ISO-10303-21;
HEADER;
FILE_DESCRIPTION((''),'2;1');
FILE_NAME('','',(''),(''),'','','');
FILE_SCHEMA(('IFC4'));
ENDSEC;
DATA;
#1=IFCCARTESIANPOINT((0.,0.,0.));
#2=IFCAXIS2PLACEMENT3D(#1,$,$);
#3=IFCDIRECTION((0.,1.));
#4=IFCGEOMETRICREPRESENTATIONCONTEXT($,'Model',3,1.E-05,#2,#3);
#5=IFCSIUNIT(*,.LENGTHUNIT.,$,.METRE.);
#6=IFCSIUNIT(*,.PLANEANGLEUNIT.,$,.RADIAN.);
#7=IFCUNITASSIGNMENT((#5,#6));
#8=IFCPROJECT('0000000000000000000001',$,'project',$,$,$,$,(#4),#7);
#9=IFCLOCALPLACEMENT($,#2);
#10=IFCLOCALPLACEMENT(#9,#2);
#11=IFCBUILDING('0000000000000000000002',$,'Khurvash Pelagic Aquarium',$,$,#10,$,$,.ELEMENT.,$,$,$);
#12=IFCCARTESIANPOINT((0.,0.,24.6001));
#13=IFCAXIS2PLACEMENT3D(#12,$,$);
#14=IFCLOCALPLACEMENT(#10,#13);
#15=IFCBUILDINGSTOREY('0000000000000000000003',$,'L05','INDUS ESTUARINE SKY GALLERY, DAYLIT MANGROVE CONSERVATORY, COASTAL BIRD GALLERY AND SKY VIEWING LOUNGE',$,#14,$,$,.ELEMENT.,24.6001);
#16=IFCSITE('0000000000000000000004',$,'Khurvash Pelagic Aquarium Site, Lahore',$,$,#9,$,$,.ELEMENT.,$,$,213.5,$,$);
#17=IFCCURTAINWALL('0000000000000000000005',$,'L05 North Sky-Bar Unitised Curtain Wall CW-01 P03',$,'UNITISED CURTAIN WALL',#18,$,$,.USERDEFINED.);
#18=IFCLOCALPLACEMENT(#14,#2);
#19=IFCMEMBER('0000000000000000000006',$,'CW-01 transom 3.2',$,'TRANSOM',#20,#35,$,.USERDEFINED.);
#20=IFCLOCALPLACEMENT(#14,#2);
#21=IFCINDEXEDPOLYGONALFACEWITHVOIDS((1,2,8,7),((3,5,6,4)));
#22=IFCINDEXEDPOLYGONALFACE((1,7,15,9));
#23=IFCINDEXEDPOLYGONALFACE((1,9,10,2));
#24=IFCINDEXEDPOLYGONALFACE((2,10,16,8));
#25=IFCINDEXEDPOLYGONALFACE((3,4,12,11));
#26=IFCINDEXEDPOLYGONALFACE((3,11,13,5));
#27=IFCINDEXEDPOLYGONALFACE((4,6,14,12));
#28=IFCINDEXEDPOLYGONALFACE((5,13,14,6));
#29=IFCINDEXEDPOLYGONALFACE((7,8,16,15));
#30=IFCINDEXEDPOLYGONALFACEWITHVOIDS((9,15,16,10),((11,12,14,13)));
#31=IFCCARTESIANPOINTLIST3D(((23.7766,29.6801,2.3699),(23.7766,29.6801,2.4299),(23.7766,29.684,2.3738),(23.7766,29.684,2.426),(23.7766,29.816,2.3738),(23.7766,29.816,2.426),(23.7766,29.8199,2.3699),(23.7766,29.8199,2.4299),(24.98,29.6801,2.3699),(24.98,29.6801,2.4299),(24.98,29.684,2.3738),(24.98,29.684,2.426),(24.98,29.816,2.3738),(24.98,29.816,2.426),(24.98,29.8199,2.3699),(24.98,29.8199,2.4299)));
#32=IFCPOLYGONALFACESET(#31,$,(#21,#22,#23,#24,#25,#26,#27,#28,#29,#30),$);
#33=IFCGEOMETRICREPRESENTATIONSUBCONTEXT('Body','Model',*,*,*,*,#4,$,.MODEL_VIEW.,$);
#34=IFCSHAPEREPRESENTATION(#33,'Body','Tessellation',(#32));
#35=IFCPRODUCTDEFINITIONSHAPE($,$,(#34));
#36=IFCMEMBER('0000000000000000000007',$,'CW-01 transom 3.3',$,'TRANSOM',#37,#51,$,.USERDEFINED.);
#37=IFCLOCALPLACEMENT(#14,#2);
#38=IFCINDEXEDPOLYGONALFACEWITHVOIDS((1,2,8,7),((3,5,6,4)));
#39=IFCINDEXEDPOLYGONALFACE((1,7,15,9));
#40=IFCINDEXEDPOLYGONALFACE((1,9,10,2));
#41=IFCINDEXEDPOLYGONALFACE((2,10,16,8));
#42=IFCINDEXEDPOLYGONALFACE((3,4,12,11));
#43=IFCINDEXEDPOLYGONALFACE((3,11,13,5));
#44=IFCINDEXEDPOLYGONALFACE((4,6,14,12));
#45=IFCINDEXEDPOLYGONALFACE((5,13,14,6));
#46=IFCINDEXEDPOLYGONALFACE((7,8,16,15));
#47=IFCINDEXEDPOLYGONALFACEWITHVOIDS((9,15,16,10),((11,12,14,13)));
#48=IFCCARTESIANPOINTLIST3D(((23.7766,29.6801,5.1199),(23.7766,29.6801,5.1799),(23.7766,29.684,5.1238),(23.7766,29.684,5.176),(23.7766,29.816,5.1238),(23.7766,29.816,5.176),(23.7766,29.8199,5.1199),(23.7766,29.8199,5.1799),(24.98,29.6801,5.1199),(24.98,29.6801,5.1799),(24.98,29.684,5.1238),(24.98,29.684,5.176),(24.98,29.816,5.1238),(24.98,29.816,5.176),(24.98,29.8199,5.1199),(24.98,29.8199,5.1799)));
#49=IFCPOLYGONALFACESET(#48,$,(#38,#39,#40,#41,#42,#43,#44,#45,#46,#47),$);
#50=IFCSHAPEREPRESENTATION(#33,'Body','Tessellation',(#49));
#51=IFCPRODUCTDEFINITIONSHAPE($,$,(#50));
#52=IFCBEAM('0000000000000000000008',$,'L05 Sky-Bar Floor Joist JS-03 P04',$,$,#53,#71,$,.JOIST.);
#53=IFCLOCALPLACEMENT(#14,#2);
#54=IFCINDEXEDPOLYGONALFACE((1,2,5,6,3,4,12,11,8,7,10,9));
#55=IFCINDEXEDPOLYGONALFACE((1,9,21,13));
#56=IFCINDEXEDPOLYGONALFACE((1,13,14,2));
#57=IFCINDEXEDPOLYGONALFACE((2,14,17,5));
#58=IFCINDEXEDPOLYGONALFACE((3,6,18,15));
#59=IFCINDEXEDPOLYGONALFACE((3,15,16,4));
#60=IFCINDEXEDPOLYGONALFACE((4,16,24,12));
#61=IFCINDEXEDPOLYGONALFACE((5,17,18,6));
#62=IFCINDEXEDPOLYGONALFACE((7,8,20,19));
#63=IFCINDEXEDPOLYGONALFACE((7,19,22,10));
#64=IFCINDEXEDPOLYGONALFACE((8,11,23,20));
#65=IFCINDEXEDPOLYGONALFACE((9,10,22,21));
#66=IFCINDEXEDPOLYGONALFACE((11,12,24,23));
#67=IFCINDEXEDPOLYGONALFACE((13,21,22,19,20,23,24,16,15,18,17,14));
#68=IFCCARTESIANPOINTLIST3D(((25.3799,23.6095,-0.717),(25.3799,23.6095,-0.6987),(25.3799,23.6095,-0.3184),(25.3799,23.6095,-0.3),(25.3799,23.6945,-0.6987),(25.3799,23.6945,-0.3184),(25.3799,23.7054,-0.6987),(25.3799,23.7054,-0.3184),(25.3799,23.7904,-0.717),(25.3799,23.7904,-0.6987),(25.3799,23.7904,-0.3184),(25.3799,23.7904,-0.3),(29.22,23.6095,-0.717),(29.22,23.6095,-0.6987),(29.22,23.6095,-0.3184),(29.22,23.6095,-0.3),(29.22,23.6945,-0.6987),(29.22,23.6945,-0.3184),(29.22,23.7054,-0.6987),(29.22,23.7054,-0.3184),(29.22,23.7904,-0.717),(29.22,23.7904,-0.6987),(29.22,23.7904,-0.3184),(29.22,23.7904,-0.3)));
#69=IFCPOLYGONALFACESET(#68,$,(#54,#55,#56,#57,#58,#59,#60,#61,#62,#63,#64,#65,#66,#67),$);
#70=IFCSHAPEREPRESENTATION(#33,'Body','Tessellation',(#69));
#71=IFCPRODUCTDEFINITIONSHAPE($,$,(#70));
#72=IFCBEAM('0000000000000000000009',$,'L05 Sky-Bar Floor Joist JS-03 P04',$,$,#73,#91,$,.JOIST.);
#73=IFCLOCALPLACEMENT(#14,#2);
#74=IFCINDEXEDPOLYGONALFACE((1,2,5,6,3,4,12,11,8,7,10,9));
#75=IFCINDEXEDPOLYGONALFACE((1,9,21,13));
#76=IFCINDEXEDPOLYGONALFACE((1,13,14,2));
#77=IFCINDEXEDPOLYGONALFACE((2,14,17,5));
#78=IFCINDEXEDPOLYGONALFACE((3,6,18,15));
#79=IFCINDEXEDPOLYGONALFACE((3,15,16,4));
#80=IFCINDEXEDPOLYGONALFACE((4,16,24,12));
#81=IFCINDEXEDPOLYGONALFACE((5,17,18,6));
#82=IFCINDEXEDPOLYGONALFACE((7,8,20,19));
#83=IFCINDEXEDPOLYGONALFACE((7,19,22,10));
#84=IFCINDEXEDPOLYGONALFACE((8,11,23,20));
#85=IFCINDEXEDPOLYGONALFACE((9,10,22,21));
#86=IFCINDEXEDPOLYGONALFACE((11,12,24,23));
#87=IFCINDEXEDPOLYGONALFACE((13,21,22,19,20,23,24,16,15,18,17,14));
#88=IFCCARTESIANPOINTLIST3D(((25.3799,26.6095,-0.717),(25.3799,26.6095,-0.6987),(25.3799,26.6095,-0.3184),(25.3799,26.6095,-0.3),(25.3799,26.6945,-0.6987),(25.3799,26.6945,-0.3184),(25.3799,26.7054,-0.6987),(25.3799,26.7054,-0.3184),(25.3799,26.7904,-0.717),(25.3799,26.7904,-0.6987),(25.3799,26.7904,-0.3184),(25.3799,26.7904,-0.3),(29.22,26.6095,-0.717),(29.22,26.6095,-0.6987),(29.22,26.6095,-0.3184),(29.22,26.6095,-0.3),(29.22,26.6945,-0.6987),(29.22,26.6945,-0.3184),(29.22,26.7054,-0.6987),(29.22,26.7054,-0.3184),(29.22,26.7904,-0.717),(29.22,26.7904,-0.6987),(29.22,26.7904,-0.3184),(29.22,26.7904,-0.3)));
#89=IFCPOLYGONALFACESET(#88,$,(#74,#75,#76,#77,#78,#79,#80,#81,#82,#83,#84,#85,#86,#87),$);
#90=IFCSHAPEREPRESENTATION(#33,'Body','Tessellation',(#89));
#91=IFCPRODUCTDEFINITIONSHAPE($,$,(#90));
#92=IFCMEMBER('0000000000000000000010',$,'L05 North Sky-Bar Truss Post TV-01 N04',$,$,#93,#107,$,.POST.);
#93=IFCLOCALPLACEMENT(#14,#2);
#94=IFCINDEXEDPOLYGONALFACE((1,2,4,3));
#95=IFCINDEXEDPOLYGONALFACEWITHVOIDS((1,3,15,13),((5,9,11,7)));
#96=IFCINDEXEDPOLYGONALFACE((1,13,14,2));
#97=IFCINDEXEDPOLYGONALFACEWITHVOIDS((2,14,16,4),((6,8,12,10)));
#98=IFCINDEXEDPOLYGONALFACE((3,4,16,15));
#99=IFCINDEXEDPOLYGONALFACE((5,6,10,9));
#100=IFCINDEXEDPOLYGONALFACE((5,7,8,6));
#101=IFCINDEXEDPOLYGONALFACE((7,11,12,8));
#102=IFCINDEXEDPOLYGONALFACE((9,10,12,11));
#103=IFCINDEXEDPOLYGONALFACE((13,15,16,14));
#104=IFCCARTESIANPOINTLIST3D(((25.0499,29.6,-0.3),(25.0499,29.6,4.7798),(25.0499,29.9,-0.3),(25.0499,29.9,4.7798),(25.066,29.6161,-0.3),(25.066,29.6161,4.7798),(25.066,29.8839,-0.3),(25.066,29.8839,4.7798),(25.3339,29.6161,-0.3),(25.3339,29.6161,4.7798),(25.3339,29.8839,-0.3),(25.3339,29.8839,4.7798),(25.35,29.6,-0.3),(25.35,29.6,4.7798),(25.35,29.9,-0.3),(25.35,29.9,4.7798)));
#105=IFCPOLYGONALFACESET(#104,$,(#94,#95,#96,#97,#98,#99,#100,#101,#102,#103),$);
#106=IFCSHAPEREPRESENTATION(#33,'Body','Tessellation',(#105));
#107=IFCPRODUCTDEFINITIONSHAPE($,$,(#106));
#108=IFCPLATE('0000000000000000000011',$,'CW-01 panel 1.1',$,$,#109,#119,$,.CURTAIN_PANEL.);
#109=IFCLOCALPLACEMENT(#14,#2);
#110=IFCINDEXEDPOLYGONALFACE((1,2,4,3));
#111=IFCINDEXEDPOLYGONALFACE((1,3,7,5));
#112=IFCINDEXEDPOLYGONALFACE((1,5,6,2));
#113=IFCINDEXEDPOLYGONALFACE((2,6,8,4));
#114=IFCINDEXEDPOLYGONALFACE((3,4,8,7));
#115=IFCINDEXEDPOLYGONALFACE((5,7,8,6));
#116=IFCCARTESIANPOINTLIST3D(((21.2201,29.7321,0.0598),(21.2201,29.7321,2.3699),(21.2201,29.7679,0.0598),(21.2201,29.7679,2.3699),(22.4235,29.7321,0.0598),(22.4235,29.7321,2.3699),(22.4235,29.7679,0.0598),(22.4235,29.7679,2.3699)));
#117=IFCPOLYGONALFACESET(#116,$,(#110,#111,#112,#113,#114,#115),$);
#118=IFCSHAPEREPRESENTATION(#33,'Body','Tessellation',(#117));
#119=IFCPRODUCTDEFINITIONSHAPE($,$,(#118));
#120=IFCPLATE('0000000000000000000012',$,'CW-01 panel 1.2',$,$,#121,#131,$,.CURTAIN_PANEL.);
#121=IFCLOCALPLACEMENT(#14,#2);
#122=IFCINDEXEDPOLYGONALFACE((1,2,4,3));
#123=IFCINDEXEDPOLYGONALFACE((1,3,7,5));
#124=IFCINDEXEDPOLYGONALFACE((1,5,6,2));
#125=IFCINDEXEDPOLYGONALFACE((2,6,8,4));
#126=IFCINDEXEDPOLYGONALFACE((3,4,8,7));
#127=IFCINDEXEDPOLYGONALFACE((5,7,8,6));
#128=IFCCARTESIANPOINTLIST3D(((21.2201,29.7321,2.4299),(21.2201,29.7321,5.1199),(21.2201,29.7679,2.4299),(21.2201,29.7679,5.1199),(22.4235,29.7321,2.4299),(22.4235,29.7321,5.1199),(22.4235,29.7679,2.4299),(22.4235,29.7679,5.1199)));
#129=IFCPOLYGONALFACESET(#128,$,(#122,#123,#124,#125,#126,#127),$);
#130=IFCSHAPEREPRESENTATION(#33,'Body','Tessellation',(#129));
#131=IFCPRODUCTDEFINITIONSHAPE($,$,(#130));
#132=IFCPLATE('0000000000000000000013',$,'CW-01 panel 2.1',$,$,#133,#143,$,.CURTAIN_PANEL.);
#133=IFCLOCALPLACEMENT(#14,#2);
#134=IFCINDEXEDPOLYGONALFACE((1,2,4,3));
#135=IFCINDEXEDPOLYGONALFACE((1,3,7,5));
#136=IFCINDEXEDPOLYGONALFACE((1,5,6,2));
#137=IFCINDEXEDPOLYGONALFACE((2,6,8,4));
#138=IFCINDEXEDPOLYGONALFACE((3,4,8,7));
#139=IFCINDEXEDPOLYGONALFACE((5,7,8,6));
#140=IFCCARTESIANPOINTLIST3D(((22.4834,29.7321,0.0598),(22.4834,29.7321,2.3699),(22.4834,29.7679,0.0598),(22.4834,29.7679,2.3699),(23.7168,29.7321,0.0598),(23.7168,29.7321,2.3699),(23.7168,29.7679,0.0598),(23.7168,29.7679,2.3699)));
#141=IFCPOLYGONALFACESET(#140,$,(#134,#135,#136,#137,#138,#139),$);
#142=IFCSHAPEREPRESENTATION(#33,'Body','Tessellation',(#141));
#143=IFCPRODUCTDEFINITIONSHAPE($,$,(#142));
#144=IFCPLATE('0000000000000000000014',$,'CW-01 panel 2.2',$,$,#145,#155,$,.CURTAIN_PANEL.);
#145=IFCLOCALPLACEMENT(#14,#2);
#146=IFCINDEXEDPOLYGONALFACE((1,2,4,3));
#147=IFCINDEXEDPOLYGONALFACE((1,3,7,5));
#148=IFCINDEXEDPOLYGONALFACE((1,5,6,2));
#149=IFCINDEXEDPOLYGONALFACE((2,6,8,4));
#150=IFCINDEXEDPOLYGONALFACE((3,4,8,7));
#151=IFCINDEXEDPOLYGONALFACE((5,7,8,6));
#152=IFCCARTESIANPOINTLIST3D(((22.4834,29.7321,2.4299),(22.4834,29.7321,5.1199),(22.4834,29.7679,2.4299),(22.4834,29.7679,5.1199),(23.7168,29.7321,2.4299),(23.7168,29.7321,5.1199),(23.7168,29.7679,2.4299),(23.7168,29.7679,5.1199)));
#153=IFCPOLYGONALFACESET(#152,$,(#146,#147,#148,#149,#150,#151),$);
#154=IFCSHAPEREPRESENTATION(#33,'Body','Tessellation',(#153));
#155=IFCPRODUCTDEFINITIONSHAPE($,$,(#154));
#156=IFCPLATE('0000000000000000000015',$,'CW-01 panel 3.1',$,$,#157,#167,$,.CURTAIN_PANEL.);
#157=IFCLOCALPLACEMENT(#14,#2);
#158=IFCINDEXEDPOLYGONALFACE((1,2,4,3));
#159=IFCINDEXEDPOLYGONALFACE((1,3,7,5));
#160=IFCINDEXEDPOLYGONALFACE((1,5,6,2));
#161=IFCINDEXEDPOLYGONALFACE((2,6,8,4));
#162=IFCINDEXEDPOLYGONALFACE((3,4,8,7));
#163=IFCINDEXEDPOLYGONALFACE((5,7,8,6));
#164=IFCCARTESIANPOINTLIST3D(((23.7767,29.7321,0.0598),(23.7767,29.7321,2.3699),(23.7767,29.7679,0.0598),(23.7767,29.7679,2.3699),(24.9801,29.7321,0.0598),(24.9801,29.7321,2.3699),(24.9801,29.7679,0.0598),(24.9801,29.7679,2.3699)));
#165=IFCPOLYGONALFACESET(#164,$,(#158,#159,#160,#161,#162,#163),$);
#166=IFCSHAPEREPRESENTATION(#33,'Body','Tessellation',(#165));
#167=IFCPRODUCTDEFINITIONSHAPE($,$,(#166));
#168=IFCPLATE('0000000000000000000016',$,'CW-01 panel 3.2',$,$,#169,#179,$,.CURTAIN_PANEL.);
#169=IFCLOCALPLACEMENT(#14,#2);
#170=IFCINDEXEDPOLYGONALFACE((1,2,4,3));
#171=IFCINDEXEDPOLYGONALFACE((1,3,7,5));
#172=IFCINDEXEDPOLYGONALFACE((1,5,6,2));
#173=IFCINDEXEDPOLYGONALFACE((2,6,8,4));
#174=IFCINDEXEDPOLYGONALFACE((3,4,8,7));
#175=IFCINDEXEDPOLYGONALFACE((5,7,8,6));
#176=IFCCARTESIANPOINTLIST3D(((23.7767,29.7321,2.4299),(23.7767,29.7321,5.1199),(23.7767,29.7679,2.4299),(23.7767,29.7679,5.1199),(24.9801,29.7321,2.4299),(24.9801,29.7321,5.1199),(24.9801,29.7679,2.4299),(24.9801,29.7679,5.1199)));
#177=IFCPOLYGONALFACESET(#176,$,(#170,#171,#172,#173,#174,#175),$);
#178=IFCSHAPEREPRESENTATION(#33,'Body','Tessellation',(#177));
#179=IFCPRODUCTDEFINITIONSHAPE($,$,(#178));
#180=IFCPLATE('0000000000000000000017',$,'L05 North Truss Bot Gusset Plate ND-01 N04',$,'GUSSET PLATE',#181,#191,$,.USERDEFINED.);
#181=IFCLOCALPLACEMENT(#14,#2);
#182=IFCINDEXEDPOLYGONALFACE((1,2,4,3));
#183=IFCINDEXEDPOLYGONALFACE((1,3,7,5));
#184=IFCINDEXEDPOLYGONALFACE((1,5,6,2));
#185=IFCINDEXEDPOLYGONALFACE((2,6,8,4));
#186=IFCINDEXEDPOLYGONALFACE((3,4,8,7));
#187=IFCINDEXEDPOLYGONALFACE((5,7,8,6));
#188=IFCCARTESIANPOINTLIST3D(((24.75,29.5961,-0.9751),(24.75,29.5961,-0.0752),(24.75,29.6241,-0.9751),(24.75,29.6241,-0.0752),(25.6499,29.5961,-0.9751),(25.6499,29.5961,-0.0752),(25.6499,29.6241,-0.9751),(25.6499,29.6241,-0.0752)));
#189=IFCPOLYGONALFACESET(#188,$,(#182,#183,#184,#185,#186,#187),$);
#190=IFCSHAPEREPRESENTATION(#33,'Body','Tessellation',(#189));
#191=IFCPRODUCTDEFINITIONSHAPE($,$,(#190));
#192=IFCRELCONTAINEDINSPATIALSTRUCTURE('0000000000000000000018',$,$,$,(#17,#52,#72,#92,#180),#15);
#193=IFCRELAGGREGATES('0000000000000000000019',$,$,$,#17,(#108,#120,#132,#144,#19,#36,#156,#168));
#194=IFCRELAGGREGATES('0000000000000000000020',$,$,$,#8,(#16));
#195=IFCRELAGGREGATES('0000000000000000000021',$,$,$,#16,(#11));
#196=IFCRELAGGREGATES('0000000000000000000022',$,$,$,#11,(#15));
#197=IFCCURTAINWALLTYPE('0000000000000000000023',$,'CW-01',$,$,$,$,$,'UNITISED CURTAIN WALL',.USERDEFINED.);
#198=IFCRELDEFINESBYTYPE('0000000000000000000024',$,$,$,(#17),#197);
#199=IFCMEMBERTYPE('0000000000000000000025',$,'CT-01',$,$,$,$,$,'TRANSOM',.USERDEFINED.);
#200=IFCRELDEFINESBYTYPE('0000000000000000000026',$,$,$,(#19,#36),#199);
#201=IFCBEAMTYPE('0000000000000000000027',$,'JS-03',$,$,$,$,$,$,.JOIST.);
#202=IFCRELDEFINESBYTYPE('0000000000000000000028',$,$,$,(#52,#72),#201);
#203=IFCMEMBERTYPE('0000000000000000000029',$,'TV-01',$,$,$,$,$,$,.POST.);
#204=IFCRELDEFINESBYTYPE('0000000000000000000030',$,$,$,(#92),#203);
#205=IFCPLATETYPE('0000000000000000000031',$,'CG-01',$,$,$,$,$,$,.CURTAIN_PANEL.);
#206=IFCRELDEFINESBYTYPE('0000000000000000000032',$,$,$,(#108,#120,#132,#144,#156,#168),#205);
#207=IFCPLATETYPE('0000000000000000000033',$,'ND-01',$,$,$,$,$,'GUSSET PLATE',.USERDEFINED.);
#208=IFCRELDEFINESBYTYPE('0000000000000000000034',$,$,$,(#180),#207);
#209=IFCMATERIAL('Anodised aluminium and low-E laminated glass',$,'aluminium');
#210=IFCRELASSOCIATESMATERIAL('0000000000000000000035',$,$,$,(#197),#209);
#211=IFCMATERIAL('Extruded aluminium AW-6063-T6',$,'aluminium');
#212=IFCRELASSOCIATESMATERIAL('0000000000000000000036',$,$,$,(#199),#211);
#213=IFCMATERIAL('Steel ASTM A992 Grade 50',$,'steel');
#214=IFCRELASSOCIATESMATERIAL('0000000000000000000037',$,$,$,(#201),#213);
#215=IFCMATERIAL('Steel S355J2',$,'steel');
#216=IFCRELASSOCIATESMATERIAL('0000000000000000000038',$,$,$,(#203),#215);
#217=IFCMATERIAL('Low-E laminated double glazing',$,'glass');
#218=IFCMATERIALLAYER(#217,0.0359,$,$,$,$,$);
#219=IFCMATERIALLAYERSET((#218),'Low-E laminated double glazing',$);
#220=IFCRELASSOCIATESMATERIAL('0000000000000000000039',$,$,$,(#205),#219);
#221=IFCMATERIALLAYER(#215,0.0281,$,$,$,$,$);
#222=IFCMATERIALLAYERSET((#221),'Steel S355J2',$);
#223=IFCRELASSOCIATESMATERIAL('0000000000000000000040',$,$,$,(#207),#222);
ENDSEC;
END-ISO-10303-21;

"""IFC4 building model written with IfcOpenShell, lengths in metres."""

from ifc_helpers import new_model, si_unit, direction, frame, origin, origin_2d, place, context, subcontext, project, spatial, rectangle, hollow_rectangle, i_section, extrude, material, layer, layer_set, material_profile, profile_set, type_object, element, aggregate, save


model = new_model("IFC4")

# Units and contexts
model_context = context("Model", 3, precision=1e-05, world=origin(), true_north=direction((0.0, 1.0)))
body_context = subcontext(model_context, "Body", "Model", "MODEL_VIEW")
ifc_project = project(units=[si_unit("LENGTHUNIT", "METRE"), si_unit("PLANEANGLEUNIT", "RADIAN")], contexts=[model_context])

# Site, building, storey
site_placement = place(None, origin())
site = spatial("IfcSite", under=ifc_project, at=site_placement, Name="Khurvash Pelagic Aquarium Site, Lahore", CompositionType="ELEMENT", RefElevation=213.5)
building_placement = place(site_placement, origin())
building = spatial("IfcBuilding", under=site, at=building_placement, Name="Khurvash Pelagic Aquarium", CompositionType="ELEMENT")
storey_placement = place(building_placement, frame((0.0, 0.0, 24.6001)))
storey = spatial("IfcBuildingStorey", under=building, at=storey_placement, Name="L05", Description="INDUS ESTUARINE SKY GALLERY, DAYLIT MANGROVE CONSERVATORY, COASTAL BIRD GALLERY AND SKY VIEWING LOUNGE", CompositionType="ELEMENT", Elevation=24.6001)

# Shared definitions
ifc_material_1 = material(Name="Steel ASTM A992 Grade 50", Category="steel")

# Curtain wall, members
ifc_material_2 = material(Name="Anodised aluminium and low-E laminated glass", Category="aluminium")
curtain_wall_type = type_object("IfcCurtainWallType", Name="CW-01", ElementType="UNITISED CURTAIN WALL", PredefinedType="USERDEFINED", material=ifc_material_2)
curtain_wall_placement = place(storey_placement, origin())
curtain_wall = element("IfcCurtainWall", 1, at=curtain_wall_placement, inside=storey, type_object=curtain_wall_type, Name="L05 North Sky-Bar Unitised Curtain Wall CW-01 P03", ObjectType="UNITISED CURTAIN WALL", PredefinedType="USERDEFINED")
ifc_material_3 = material(Name="Extruded aluminium AW-6063-T6", Category="aluminium")
ifc_material_profile_1 = material_profile(ifc_material_3, hollow_rectangle(XDim=0.1399, YDim=0.0601, WallThickness=0.0039, at=origin_2d()), Name="CWT140X60X4")
ifc_profile_set_1 = profile_set([ifc_material_profile_1], Name="Extruded aluminium AW-6063-T6")
member_type_1 = type_object("IfcMemberType", Name="CT-01", ElementType="TRANSOM", PredefinedType="USERDEFINED", material=ifc_profile_set_1)
member_1_placement = place(storey_placement, frame((23.7766, 29.75, 2.3999), z_axis=(1.0, 0.0, 0.0), x_axis=(0.0, 1.0, 0.0)))
member_1 = element("IfcMember", 2, at=member_1_placement, type_object=member_type_1, Name="CW-01 transom 3.2", ObjectType="TRANSOM", PredefinedType="USERDEFINED", context=body_context, shape_type="SweptSolid", body=[
    extrude(hollow_rectangle(XDim=0.1399, YDim=0.0601, WallThickness=0.0039, at=origin_2d()), origin(), (0.0, 0.0, 1.0), 1.2034),
])
member_2_placement = place(storey_placement, frame((23.7766, 29.75, 5.1499), z_axis=(1.0, 0.0, 0.0), x_axis=(0.0, 1.0, 0.0)))
member_2 = element("IfcMember", 3, at=member_2_placement, type_object=member_type_1, Name="CW-01 transom 3.3", ObjectType="TRANSOM", PredefinedType="USERDEFINED", context=body_context, shape_type="SweptSolid", body=[
    extrude(hollow_rectangle(XDim=0.1399, YDim=0.0601, WallThickness=0.0039, at=origin_2d()), origin(), (0.0, 0.0, 1.0), 1.2034),
])

# Beams
ifc_material_profile_2 = material_profile(ifc_material_1, i_section(OverallWidth=0.1809, OverallDepth=0.417, WebThickness=0.011, FlangeThickness=0.0183, at=origin_2d()), Name="W16X57")
ifc_profile_set_2 = profile_set([ifc_material_profile_2], Name="Steel ASTM A992 Grade 50")
beam_type_1 = type_object("IfcBeamType", Name="JS-03", PredefinedType="JOIST", material=ifc_profile_set_2)
for number, where, z_axis, x_axis, name in (
    (4, (25.3799, 23.7, -0.5085), (1.0, 0.0, 0.0), (0.0, 1.0, 0.0), "L05 Sky-Bar Floor Joist JS-03 P04"),
    (5, (25.3799, 26.7, -0.5085), (1.0, 0.0, 0.0), (0.0, 1.0, 0.0), "L05 Sky-Bar Floor Joist JS-03 P04"),
):
    element("IfcBeam", number, at=place(storey_placement, frame(where, z_axis=z_axis, x_axis=x_axis)), inside=storey, type_object=beam_type_1, Name=name, PredefinedType="JOIST", context=body_context, shape_type="SweptSolid", body=[
        extrude(i_section(OverallWidth=0.1809, OverallDepth=0.417, WebThickness=0.011, FlangeThickness=0.0183, at=origin_2d()), origin(), (0.0, 0.0, 1.0), 3.8401),
    ])

# Member
ifc_material_4 = material(Name="Steel S355J2", Category="steel")
ifc_material_profile_3 = material_profile(ifc_material_4, hollow_rectangle(XDim=0.3, YDim=0.3, WallThickness=0.0161, at=origin_2d()), Name="SHS300X300X16")
ifc_profile_set_3 = profile_set([ifc_material_profile_3], Name="Steel S355J2")
member_type_2 = type_object("IfcMemberType", Name="TV-01", PredefinedType="POST", material=ifc_profile_set_3)
member_3_placement = place(storey_placement, frame((25.2, 29.75, -0.3), z_axis=(0.0, 0.0, 1.0), x_axis=(1.0, 0.0, 0.0)))
element("IfcMember", 6, at=member_3_placement, inside=storey, type_object=member_type_2, Name="L05 North Sky-Bar Truss Post TV-01 N04", PredefinedType="POST", context=body_context, shape_type="SweptSolid", body=[
    extrude(hollow_rectangle(XDim=0.3, YDim=0.3, WallThickness=0.0161, at=origin_2d()), origin(), (0.0, 0.0, 1.0), 5.0798),
])

# Plates
ifc_material_5 = material(Name="Low-E laminated double glazing", Category="glass")
ifc_layer_1 = layer(ifc_material_5, 0.0359)
ifc_layer_set_1 = layer_set([ifc_layer_1], Name="Low-E laminated double glazing")
plate_type_1 = type_object("IfcPlateType", Name="CG-01", PredefinedType="CURTAIN_PANEL", material=ifc_layer_set_1)
plate_1_placement = place(storey_placement, frame((21.8218, 29.75, 0.0598), z_axis=(0.0, 0.0, 1.0), x_axis=(1.0, 0.0, 0.0)))
plate_1 = element("IfcPlate", 7, at=plate_1_placement, type_object=plate_type_1, Name="CW-01 panel 1.1", PredefinedType="CURTAIN_PANEL", context=body_context, shape_type="SweptSolid", body=[
    extrude(rectangle(XDim=1.2034, YDim=0.0359, at=origin_2d()), origin(), (0.0, 0.0, 1.0), 2.3101),
])
plate_2_placement = place(storey_placement, frame((21.8218, 29.75, 2.4299), z_axis=(0.0, 0.0, 1.0), x_axis=(1.0, 0.0, 0.0)))
plate_2 = element("IfcPlate", 8, at=plate_2_placement, type_object=plate_type_1, Name="CW-01 panel 1.2", PredefinedType="CURTAIN_PANEL", context=body_context, shape_type="SweptSolid", body=[
    extrude(rectangle(XDim=1.2034, YDim=0.0359, at=origin_2d()), origin(), (0.0, 0.0, 1.0), 2.6899),
])
plate_3_placement = place(storey_placement, frame((23.1001, 29.75, 0.0598), z_axis=(0.0, 0.0, 1.0), x_axis=(1.0, 0.0, 0.0)))
plate_3 = element("IfcPlate", 9, at=plate_3_placement, type_object=plate_type_1, Name="CW-01 panel 2.1", PredefinedType="CURTAIN_PANEL", context=body_context, shape_type="SweptSolid", body=[
    extrude(rectangle(XDim=1.2334, YDim=0.0359, at=origin_2d()), origin(), (0.0, 0.0, 1.0), 2.3101),
])
plate_4_placement = place(storey_placement, frame((23.1001, 29.75, 2.4299), z_axis=(0.0, 0.0, 1.0), x_axis=(1.0, 0.0, 0.0)))
plate_4 = element("IfcPlate", 10, at=plate_4_placement, type_object=plate_type_1, Name="CW-01 panel 2.2", PredefinedType="CURTAIN_PANEL", context=body_context, shape_type="SweptSolid", body=[
    extrude(rectangle(XDim=1.2334, YDim=0.0359, at=origin_2d()), origin(), (0.0, 0.0, 1.0), 2.6899),
])
plate_5_placement = place(storey_placement, frame((24.3784, 29.75, 0.0598), z_axis=(0.0, 0.0, 1.0), x_axis=(1.0, 0.0, 0.0)))
plate_5 = element("IfcPlate", 11, at=plate_5_placement, type_object=plate_type_1, Name="CW-01 panel 3.1", PredefinedType="CURTAIN_PANEL", context=body_context, shape_type="SweptSolid", body=[
    extrude(rectangle(XDim=1.2034, YDim=0.0359, at=origin_2d()), origin(), (0.0, 0.0, 1.0), 2.3101),
])
plate_6_placement = place(storey_placement, frame((24.3784, 29.75, 2.4299), z_axis=(0.0, 0.0, 1.0), x_axis=(1.0, 0.0, 0.0)))
plate_6 = element("IfcPlate", 12, at=plate_6_placement, type_object=plate_type_1, Name="CW-01 panel 3.2", PredefinedType="CURTAIN_PANEL", context=body_context, shape_type="SweptSolid", body=[
    extrude(rectangle(XDim=1.2034, YDim=0.0359, at=origin_2d()), origin(), (0.0, 0.0, 1.0), 2.6899),
])
aggregate(curtain_wall, [plate_1, plate_2, plate_3, plate_4, member_1, member_2, plate_5, plate_6])

# Plate
ifc_layer_2 = layer(ifc_material_4, 0.0281)
ifc_layer_set_2 = layer_set([ifc_layer_2], Name="Steel S355J2")
plate_type_2 = type_object("IfcPlateType", Name="ND-01", ElementType="GUSSET PLATE", PredefinedType="USERDEFINED", material=ifc_layer_set_2)
for number, where, z_axis, x_axis, name in (
    (13, (25.2, 29.6101, -0.9751), (0.0, 0.0, 1.0), (1.0, 0.0, 0.0), "L05 North Truss Bot Gusset Plate ND-01 N04"),
):
    element("IfcPlate", number, at=place(storey_placement, frame(where, z_axis=z_axis, x_axis=x_axis)), inside=storey, type_object=plate_type_2, Name=name, ObjectType="GUSSET PLATE", PredefinedType="USERDEFINED", context=body_context, shape_type="SweptSolid", body=[
        extrude(rectangle(XDim=0.8999, YDim=0.0281, at=origin_2d()), origin(), (0.0, 0.0, 1.0), 0.8999),
    ])

save(model, "model.ifc")
